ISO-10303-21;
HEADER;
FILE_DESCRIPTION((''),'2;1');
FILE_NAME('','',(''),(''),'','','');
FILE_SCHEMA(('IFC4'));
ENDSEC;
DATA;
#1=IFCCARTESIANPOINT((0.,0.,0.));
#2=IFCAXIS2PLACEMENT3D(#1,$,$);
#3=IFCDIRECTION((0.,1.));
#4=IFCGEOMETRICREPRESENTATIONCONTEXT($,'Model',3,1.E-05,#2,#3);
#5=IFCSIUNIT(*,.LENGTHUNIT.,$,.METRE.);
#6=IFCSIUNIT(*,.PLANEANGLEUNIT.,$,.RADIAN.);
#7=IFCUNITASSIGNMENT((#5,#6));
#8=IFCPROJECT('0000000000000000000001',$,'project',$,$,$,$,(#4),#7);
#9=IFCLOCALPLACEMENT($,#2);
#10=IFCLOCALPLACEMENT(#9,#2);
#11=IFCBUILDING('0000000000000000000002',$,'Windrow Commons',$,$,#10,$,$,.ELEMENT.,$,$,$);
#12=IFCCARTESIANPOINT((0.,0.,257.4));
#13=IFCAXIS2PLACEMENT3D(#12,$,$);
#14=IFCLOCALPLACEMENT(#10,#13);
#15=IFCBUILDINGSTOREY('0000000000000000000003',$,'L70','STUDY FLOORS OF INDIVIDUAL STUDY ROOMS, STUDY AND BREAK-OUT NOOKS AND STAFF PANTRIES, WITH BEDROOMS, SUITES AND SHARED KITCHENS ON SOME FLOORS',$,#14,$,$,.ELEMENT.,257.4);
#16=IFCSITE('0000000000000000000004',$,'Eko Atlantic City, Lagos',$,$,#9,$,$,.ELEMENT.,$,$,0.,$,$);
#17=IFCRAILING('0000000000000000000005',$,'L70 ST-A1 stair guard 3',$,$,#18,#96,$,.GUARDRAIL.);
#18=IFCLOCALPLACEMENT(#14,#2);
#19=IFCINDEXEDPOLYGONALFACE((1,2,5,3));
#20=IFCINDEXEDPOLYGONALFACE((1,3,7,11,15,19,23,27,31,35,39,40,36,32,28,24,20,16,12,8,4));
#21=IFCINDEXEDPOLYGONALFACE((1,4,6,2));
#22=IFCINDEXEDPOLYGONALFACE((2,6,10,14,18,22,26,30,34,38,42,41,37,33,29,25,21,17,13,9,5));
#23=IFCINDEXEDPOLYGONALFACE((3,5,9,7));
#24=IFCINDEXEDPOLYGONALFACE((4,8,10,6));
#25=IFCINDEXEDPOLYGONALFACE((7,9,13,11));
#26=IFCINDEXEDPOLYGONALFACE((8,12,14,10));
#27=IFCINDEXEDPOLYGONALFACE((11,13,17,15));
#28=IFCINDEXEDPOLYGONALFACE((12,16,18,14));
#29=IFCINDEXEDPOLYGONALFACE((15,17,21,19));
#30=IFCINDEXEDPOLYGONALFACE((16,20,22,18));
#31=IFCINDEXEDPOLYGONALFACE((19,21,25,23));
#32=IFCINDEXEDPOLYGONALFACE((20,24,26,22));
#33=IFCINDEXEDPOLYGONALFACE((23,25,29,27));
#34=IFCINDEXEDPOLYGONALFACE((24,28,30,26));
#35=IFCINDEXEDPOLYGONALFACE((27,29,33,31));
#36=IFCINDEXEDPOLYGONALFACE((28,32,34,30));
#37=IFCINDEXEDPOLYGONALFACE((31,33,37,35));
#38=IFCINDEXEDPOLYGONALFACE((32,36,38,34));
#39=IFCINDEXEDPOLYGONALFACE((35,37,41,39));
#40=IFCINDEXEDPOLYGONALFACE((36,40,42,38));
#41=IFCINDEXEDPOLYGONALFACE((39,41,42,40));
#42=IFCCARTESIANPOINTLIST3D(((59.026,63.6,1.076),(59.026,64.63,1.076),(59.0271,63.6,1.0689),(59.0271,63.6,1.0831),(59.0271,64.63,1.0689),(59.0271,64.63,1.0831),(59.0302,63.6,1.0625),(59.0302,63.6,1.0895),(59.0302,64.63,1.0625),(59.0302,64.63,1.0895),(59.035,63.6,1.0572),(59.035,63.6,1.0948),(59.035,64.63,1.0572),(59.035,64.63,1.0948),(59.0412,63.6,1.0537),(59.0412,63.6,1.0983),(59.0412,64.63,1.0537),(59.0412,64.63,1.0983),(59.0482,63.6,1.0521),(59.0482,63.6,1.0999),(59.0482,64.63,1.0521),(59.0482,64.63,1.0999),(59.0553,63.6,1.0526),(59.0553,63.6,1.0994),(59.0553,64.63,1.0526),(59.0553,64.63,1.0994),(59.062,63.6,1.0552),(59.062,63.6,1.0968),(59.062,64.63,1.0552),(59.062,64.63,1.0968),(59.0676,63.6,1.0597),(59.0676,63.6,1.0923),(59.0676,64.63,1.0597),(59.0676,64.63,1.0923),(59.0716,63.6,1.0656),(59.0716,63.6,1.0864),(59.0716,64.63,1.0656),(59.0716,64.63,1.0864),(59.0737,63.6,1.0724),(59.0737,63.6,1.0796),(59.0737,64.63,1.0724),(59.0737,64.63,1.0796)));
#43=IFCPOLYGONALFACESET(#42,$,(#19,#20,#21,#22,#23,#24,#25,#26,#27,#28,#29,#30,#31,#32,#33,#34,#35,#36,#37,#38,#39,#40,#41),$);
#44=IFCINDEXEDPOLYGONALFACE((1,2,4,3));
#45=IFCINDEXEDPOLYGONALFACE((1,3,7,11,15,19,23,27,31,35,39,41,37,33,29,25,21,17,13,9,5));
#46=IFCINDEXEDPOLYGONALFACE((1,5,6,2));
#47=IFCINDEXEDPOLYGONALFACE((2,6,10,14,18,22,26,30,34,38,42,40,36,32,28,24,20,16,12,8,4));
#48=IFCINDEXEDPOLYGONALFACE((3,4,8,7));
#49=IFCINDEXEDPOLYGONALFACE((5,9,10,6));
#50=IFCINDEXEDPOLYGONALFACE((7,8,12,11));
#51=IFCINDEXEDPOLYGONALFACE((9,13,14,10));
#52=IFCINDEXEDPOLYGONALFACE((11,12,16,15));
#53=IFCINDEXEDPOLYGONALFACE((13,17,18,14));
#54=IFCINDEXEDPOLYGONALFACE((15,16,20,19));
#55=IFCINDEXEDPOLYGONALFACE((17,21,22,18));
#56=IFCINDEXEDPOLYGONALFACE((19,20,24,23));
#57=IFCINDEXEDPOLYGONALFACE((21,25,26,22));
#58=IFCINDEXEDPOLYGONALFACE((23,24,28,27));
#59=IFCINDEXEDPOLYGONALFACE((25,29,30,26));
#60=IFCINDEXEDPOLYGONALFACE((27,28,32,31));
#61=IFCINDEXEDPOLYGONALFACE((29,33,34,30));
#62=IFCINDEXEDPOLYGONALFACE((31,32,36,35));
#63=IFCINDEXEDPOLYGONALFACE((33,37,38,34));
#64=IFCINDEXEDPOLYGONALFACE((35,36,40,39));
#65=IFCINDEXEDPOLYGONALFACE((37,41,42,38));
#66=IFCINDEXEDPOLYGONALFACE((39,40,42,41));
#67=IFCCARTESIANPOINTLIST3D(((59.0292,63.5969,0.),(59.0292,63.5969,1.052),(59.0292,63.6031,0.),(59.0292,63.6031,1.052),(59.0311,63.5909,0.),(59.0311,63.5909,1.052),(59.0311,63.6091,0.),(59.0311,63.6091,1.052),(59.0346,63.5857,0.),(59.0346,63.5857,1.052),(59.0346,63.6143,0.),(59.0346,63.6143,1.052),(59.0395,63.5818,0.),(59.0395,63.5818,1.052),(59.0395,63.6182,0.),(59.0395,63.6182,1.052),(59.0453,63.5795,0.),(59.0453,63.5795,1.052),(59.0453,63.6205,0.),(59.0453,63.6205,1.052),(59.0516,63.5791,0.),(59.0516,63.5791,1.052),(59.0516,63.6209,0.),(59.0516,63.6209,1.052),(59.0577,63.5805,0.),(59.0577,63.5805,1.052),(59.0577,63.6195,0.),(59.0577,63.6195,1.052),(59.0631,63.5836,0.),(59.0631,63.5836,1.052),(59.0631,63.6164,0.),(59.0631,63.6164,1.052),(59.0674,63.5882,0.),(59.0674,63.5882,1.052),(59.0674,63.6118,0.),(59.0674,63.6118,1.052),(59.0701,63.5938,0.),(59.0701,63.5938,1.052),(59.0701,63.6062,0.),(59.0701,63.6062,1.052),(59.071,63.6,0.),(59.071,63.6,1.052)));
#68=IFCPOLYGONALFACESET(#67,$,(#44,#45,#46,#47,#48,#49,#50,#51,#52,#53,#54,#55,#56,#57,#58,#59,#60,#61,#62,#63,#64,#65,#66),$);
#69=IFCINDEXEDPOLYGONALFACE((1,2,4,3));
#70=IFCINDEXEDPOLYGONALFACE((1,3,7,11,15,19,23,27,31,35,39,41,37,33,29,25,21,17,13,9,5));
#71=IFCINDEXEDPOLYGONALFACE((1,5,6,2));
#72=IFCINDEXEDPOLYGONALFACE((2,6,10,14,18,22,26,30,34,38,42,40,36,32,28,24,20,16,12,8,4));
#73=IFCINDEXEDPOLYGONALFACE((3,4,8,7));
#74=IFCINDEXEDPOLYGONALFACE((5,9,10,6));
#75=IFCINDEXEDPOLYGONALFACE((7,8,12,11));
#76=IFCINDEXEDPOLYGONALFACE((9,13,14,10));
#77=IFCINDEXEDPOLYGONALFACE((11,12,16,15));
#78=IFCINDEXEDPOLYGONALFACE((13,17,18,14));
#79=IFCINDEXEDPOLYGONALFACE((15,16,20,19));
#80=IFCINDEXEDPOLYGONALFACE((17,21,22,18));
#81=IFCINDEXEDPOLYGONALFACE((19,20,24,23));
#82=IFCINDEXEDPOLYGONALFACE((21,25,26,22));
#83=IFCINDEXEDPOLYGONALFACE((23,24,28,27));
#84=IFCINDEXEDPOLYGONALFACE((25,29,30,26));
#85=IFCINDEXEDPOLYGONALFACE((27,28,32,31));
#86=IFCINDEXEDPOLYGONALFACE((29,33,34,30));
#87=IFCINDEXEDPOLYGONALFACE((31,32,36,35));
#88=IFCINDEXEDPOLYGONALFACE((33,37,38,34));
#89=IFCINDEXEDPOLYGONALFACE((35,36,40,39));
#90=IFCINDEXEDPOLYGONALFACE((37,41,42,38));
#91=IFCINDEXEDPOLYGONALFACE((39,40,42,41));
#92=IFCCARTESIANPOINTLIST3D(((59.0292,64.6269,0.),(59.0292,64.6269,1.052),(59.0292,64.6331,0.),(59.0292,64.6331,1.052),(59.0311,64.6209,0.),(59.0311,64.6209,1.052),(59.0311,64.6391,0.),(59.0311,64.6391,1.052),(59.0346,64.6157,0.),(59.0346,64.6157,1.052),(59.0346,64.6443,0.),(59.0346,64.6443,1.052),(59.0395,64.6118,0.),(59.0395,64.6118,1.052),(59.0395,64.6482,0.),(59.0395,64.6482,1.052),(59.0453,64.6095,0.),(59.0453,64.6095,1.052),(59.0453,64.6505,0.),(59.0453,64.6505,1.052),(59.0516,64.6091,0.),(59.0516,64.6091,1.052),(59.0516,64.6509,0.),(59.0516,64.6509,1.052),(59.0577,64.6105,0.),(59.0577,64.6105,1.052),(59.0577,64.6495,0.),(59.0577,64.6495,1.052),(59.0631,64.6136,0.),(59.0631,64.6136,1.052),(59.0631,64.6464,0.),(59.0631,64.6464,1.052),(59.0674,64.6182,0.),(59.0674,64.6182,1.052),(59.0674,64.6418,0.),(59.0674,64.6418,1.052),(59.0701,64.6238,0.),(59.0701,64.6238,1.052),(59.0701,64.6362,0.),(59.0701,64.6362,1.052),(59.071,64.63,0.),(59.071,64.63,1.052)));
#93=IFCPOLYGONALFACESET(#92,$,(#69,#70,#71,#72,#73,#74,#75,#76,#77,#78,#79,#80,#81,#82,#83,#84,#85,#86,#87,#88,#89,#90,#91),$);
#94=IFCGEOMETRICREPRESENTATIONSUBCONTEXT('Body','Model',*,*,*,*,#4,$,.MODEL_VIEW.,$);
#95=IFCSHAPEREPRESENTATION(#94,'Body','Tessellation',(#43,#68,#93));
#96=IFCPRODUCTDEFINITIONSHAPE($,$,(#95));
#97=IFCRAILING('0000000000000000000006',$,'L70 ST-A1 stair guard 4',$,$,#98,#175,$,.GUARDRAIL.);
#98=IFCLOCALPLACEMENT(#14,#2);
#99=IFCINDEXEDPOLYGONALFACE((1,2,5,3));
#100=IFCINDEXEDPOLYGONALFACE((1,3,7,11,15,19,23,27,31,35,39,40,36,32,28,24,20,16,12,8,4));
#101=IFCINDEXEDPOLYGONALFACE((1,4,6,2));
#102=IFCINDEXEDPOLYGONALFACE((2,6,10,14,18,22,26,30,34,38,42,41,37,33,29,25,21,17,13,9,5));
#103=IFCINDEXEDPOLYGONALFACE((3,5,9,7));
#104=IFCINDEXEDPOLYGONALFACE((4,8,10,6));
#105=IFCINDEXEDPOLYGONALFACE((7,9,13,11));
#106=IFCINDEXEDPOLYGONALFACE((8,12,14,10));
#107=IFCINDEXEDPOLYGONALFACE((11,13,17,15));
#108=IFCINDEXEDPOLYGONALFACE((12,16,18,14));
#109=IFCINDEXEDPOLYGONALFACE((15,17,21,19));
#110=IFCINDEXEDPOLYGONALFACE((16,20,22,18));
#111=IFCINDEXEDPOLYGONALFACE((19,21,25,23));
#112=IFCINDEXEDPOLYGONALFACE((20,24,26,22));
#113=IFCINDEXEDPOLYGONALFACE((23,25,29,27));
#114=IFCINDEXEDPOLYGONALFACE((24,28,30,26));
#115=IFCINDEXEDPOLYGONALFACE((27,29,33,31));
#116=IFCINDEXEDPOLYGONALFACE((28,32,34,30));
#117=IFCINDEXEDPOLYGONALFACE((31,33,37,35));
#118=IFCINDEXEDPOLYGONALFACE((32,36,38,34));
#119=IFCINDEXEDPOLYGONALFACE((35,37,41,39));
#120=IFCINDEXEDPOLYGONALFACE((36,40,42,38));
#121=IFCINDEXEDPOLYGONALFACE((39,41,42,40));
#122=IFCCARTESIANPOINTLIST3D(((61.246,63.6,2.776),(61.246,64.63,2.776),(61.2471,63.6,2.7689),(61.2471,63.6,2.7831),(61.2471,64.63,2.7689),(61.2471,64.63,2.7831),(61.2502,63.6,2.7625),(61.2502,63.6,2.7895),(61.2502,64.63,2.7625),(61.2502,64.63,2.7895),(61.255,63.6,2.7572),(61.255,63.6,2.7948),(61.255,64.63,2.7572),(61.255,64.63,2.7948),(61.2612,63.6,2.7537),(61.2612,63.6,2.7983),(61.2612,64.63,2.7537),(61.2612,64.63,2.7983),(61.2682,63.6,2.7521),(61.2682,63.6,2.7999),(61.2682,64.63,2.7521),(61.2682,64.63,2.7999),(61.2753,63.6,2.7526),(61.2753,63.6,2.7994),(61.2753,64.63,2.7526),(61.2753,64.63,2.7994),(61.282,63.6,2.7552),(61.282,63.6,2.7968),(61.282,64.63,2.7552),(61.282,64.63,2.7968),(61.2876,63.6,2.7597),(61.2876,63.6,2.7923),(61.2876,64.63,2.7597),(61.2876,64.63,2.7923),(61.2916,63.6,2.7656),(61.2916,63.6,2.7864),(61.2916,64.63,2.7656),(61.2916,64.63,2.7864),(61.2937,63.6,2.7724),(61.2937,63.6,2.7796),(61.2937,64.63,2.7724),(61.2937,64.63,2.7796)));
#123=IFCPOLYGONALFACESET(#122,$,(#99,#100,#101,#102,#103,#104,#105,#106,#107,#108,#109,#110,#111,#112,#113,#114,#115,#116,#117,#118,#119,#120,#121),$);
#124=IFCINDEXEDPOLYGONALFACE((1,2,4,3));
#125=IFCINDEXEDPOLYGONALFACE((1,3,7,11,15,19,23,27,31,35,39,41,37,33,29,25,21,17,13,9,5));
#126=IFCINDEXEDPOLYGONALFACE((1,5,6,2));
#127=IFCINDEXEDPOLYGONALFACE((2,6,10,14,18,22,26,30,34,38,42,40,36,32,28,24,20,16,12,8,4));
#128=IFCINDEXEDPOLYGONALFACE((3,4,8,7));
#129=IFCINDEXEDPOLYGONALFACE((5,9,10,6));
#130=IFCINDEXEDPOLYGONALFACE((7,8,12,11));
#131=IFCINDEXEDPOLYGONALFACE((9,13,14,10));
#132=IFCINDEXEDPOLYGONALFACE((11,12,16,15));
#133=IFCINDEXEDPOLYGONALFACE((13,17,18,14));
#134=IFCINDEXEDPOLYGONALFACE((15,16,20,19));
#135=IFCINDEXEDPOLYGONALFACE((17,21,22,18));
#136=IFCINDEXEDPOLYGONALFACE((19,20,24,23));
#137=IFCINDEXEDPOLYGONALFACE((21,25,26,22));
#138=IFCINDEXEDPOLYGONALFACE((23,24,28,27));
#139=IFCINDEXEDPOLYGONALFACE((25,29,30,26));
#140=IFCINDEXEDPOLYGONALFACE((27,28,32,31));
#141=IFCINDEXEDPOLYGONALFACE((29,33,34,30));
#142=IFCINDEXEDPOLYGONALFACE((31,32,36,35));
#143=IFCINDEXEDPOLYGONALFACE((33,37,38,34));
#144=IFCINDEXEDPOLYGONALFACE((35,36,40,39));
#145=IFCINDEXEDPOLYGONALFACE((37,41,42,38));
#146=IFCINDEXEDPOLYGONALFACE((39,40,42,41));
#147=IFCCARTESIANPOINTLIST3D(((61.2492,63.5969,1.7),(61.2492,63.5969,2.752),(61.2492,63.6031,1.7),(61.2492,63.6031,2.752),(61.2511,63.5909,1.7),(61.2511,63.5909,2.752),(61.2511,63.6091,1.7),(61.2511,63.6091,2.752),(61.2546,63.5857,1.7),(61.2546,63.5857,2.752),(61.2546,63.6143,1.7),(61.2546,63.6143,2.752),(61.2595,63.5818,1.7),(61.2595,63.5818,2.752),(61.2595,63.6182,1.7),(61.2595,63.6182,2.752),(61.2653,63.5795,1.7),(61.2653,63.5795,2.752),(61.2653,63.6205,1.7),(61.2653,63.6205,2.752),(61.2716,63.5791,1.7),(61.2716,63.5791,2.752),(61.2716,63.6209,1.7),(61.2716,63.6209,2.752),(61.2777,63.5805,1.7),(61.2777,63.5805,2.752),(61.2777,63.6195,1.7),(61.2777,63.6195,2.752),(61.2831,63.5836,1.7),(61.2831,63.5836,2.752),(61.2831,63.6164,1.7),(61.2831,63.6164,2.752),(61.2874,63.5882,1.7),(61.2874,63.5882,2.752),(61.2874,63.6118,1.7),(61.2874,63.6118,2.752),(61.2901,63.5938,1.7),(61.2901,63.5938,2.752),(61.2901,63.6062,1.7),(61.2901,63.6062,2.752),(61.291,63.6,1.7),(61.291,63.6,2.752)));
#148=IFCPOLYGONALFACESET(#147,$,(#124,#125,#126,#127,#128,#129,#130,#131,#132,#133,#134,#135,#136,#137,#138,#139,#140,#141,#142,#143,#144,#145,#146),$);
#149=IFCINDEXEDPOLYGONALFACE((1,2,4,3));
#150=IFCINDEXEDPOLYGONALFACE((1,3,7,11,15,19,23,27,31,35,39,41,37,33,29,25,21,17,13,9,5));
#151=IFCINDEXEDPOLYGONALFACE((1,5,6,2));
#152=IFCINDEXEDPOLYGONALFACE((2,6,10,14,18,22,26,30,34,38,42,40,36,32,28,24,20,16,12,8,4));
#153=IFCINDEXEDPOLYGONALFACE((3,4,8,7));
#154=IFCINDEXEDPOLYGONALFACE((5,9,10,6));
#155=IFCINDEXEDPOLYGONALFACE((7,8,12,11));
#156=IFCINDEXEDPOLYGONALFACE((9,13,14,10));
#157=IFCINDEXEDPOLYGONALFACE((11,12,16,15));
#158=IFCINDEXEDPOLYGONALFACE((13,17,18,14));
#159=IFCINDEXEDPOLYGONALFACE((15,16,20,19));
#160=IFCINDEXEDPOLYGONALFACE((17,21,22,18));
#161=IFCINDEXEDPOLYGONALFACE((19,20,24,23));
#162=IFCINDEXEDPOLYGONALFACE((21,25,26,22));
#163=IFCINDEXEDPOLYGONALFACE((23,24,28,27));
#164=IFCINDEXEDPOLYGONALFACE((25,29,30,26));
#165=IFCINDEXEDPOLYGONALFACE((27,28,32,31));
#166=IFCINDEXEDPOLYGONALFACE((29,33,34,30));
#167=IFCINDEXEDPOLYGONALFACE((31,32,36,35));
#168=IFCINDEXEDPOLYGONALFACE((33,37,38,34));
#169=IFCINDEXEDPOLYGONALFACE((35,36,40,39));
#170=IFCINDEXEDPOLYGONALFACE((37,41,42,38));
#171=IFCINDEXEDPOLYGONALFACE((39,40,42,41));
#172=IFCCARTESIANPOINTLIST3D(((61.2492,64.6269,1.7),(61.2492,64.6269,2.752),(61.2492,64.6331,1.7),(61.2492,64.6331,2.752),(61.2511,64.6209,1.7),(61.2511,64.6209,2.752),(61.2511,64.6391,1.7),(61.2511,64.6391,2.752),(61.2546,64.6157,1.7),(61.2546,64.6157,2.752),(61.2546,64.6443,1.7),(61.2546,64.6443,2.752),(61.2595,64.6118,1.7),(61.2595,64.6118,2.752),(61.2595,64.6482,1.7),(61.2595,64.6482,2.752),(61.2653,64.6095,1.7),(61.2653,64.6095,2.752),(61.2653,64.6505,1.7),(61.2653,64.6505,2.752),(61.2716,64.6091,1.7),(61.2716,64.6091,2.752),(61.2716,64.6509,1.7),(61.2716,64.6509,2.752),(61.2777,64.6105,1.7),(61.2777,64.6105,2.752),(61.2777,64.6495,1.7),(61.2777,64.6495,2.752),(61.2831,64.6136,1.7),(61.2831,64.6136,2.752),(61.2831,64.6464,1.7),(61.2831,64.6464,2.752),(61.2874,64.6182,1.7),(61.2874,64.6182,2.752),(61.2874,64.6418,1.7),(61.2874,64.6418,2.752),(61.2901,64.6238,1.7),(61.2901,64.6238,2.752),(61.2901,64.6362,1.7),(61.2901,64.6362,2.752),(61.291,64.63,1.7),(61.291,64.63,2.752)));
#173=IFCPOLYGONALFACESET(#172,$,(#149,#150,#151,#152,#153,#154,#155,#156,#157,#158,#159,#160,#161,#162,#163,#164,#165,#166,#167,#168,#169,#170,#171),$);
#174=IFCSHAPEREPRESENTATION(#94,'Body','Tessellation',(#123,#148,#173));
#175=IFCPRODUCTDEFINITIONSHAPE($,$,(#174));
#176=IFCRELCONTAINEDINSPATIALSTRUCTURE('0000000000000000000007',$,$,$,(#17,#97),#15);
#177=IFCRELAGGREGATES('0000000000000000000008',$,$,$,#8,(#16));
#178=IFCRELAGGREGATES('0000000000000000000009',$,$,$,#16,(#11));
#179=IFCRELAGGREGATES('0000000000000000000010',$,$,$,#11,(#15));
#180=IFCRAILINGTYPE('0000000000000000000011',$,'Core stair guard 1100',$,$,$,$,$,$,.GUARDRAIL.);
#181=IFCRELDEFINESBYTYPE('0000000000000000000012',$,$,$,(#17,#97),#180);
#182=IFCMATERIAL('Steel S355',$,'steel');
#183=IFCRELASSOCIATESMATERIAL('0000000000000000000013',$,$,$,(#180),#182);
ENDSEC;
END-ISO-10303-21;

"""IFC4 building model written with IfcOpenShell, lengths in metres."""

from ifc_helpers import new_model, si_unit, direction, frame, origin, origin_2d, place, context, subcontext, project, spatial, circle, extrude, material, type_object, element, save


model = new_model("IFC4")

# Units and contexts
model_context = context("Model", 3, precision=1e-05, world=origin(), true_north=direction((0.0, 1.0)))
body_context = subcontext(model_context, "Body", "Model", "MODEL_VIEW")
ifc_project = project(units=[si_unit("LENGTHUNIT", "METRE"), si_unit("PLANEANGLEUNIT", "RADIAN")], contexts=[model_context])

# Site, building, storey
site_placement = place(None, origin())
site = spatial("IfcSite", under=ifc_project, at=site_placement, Name="Eko Atlantic City, Lagos", CompositionType="ELEMENT", RefElevation=0.0)
building_placement = place(site_placement, origin())
building = spatial("IfcBuilding", under=site, at=building_placement, Name="Windrow Commons", CompositionType="ELEMENT")
storey_placement = place(building_placement, frame((0.0, 0.0, 257.4)))
storey = spatial("IfcBuildingStorey", under=building, at=storey_placement, Name="L70", Description="STUDY FLOORS OF INDIVIDUAL STUDY ROOMS, STUDY AND BREAK-OUT NOOKS AND STAFF PANTRIES, WITH BEDROOMS, SUITES AND SHARED KITCHENS ON SOME FLOORS", CompositionType="ELEMENT", Elevation=257.4)

# Railings
ifc_material_1 = material(Name="Steel S355", Category="steel")
railing_type_1 = type_object("IfcRailingType", Name="Core stair guard 1100", PredefinedType="GUARDRAIL", material=ifc_material_1)
for number, where, name in (
    (1, (59.05, 63.6, 0.0), "L70 ST-A1 stair guard 3"),
    (2, (61.27, 63.6, 1.7), "L70 ST-A1 stair guard 4"),
):
    element("IfcRailing", number, at=place(storey_placement, frame(where)), inside=storey, type_object=railing_type_1, Name=name, PredefinedType="GUARDRAIL", context=body_context, shape_type="SweptSolid", body=[
        extrude(circle(Radius=0.024, at=origin_2d()), frame((0.0, 0.0, 1.076), z_axis=(0.0, 1.0, 0.0), x_axis=(-1.0, 0.0, 0.0)), (0.0, 0.0, 1.0), 1.03),
        extrude(circle(Radius=0.021, at=origin_2d()), origin(), (0.0, 0.0, 1.0), 1.052),
        extrude(circle(Radius=0.021, at=origin_2d()), frame((0.0, 1.03, 0.0)), (0.0, 0.0, 1.0), 1.052),
    ])

save(model, "model.ifc")
